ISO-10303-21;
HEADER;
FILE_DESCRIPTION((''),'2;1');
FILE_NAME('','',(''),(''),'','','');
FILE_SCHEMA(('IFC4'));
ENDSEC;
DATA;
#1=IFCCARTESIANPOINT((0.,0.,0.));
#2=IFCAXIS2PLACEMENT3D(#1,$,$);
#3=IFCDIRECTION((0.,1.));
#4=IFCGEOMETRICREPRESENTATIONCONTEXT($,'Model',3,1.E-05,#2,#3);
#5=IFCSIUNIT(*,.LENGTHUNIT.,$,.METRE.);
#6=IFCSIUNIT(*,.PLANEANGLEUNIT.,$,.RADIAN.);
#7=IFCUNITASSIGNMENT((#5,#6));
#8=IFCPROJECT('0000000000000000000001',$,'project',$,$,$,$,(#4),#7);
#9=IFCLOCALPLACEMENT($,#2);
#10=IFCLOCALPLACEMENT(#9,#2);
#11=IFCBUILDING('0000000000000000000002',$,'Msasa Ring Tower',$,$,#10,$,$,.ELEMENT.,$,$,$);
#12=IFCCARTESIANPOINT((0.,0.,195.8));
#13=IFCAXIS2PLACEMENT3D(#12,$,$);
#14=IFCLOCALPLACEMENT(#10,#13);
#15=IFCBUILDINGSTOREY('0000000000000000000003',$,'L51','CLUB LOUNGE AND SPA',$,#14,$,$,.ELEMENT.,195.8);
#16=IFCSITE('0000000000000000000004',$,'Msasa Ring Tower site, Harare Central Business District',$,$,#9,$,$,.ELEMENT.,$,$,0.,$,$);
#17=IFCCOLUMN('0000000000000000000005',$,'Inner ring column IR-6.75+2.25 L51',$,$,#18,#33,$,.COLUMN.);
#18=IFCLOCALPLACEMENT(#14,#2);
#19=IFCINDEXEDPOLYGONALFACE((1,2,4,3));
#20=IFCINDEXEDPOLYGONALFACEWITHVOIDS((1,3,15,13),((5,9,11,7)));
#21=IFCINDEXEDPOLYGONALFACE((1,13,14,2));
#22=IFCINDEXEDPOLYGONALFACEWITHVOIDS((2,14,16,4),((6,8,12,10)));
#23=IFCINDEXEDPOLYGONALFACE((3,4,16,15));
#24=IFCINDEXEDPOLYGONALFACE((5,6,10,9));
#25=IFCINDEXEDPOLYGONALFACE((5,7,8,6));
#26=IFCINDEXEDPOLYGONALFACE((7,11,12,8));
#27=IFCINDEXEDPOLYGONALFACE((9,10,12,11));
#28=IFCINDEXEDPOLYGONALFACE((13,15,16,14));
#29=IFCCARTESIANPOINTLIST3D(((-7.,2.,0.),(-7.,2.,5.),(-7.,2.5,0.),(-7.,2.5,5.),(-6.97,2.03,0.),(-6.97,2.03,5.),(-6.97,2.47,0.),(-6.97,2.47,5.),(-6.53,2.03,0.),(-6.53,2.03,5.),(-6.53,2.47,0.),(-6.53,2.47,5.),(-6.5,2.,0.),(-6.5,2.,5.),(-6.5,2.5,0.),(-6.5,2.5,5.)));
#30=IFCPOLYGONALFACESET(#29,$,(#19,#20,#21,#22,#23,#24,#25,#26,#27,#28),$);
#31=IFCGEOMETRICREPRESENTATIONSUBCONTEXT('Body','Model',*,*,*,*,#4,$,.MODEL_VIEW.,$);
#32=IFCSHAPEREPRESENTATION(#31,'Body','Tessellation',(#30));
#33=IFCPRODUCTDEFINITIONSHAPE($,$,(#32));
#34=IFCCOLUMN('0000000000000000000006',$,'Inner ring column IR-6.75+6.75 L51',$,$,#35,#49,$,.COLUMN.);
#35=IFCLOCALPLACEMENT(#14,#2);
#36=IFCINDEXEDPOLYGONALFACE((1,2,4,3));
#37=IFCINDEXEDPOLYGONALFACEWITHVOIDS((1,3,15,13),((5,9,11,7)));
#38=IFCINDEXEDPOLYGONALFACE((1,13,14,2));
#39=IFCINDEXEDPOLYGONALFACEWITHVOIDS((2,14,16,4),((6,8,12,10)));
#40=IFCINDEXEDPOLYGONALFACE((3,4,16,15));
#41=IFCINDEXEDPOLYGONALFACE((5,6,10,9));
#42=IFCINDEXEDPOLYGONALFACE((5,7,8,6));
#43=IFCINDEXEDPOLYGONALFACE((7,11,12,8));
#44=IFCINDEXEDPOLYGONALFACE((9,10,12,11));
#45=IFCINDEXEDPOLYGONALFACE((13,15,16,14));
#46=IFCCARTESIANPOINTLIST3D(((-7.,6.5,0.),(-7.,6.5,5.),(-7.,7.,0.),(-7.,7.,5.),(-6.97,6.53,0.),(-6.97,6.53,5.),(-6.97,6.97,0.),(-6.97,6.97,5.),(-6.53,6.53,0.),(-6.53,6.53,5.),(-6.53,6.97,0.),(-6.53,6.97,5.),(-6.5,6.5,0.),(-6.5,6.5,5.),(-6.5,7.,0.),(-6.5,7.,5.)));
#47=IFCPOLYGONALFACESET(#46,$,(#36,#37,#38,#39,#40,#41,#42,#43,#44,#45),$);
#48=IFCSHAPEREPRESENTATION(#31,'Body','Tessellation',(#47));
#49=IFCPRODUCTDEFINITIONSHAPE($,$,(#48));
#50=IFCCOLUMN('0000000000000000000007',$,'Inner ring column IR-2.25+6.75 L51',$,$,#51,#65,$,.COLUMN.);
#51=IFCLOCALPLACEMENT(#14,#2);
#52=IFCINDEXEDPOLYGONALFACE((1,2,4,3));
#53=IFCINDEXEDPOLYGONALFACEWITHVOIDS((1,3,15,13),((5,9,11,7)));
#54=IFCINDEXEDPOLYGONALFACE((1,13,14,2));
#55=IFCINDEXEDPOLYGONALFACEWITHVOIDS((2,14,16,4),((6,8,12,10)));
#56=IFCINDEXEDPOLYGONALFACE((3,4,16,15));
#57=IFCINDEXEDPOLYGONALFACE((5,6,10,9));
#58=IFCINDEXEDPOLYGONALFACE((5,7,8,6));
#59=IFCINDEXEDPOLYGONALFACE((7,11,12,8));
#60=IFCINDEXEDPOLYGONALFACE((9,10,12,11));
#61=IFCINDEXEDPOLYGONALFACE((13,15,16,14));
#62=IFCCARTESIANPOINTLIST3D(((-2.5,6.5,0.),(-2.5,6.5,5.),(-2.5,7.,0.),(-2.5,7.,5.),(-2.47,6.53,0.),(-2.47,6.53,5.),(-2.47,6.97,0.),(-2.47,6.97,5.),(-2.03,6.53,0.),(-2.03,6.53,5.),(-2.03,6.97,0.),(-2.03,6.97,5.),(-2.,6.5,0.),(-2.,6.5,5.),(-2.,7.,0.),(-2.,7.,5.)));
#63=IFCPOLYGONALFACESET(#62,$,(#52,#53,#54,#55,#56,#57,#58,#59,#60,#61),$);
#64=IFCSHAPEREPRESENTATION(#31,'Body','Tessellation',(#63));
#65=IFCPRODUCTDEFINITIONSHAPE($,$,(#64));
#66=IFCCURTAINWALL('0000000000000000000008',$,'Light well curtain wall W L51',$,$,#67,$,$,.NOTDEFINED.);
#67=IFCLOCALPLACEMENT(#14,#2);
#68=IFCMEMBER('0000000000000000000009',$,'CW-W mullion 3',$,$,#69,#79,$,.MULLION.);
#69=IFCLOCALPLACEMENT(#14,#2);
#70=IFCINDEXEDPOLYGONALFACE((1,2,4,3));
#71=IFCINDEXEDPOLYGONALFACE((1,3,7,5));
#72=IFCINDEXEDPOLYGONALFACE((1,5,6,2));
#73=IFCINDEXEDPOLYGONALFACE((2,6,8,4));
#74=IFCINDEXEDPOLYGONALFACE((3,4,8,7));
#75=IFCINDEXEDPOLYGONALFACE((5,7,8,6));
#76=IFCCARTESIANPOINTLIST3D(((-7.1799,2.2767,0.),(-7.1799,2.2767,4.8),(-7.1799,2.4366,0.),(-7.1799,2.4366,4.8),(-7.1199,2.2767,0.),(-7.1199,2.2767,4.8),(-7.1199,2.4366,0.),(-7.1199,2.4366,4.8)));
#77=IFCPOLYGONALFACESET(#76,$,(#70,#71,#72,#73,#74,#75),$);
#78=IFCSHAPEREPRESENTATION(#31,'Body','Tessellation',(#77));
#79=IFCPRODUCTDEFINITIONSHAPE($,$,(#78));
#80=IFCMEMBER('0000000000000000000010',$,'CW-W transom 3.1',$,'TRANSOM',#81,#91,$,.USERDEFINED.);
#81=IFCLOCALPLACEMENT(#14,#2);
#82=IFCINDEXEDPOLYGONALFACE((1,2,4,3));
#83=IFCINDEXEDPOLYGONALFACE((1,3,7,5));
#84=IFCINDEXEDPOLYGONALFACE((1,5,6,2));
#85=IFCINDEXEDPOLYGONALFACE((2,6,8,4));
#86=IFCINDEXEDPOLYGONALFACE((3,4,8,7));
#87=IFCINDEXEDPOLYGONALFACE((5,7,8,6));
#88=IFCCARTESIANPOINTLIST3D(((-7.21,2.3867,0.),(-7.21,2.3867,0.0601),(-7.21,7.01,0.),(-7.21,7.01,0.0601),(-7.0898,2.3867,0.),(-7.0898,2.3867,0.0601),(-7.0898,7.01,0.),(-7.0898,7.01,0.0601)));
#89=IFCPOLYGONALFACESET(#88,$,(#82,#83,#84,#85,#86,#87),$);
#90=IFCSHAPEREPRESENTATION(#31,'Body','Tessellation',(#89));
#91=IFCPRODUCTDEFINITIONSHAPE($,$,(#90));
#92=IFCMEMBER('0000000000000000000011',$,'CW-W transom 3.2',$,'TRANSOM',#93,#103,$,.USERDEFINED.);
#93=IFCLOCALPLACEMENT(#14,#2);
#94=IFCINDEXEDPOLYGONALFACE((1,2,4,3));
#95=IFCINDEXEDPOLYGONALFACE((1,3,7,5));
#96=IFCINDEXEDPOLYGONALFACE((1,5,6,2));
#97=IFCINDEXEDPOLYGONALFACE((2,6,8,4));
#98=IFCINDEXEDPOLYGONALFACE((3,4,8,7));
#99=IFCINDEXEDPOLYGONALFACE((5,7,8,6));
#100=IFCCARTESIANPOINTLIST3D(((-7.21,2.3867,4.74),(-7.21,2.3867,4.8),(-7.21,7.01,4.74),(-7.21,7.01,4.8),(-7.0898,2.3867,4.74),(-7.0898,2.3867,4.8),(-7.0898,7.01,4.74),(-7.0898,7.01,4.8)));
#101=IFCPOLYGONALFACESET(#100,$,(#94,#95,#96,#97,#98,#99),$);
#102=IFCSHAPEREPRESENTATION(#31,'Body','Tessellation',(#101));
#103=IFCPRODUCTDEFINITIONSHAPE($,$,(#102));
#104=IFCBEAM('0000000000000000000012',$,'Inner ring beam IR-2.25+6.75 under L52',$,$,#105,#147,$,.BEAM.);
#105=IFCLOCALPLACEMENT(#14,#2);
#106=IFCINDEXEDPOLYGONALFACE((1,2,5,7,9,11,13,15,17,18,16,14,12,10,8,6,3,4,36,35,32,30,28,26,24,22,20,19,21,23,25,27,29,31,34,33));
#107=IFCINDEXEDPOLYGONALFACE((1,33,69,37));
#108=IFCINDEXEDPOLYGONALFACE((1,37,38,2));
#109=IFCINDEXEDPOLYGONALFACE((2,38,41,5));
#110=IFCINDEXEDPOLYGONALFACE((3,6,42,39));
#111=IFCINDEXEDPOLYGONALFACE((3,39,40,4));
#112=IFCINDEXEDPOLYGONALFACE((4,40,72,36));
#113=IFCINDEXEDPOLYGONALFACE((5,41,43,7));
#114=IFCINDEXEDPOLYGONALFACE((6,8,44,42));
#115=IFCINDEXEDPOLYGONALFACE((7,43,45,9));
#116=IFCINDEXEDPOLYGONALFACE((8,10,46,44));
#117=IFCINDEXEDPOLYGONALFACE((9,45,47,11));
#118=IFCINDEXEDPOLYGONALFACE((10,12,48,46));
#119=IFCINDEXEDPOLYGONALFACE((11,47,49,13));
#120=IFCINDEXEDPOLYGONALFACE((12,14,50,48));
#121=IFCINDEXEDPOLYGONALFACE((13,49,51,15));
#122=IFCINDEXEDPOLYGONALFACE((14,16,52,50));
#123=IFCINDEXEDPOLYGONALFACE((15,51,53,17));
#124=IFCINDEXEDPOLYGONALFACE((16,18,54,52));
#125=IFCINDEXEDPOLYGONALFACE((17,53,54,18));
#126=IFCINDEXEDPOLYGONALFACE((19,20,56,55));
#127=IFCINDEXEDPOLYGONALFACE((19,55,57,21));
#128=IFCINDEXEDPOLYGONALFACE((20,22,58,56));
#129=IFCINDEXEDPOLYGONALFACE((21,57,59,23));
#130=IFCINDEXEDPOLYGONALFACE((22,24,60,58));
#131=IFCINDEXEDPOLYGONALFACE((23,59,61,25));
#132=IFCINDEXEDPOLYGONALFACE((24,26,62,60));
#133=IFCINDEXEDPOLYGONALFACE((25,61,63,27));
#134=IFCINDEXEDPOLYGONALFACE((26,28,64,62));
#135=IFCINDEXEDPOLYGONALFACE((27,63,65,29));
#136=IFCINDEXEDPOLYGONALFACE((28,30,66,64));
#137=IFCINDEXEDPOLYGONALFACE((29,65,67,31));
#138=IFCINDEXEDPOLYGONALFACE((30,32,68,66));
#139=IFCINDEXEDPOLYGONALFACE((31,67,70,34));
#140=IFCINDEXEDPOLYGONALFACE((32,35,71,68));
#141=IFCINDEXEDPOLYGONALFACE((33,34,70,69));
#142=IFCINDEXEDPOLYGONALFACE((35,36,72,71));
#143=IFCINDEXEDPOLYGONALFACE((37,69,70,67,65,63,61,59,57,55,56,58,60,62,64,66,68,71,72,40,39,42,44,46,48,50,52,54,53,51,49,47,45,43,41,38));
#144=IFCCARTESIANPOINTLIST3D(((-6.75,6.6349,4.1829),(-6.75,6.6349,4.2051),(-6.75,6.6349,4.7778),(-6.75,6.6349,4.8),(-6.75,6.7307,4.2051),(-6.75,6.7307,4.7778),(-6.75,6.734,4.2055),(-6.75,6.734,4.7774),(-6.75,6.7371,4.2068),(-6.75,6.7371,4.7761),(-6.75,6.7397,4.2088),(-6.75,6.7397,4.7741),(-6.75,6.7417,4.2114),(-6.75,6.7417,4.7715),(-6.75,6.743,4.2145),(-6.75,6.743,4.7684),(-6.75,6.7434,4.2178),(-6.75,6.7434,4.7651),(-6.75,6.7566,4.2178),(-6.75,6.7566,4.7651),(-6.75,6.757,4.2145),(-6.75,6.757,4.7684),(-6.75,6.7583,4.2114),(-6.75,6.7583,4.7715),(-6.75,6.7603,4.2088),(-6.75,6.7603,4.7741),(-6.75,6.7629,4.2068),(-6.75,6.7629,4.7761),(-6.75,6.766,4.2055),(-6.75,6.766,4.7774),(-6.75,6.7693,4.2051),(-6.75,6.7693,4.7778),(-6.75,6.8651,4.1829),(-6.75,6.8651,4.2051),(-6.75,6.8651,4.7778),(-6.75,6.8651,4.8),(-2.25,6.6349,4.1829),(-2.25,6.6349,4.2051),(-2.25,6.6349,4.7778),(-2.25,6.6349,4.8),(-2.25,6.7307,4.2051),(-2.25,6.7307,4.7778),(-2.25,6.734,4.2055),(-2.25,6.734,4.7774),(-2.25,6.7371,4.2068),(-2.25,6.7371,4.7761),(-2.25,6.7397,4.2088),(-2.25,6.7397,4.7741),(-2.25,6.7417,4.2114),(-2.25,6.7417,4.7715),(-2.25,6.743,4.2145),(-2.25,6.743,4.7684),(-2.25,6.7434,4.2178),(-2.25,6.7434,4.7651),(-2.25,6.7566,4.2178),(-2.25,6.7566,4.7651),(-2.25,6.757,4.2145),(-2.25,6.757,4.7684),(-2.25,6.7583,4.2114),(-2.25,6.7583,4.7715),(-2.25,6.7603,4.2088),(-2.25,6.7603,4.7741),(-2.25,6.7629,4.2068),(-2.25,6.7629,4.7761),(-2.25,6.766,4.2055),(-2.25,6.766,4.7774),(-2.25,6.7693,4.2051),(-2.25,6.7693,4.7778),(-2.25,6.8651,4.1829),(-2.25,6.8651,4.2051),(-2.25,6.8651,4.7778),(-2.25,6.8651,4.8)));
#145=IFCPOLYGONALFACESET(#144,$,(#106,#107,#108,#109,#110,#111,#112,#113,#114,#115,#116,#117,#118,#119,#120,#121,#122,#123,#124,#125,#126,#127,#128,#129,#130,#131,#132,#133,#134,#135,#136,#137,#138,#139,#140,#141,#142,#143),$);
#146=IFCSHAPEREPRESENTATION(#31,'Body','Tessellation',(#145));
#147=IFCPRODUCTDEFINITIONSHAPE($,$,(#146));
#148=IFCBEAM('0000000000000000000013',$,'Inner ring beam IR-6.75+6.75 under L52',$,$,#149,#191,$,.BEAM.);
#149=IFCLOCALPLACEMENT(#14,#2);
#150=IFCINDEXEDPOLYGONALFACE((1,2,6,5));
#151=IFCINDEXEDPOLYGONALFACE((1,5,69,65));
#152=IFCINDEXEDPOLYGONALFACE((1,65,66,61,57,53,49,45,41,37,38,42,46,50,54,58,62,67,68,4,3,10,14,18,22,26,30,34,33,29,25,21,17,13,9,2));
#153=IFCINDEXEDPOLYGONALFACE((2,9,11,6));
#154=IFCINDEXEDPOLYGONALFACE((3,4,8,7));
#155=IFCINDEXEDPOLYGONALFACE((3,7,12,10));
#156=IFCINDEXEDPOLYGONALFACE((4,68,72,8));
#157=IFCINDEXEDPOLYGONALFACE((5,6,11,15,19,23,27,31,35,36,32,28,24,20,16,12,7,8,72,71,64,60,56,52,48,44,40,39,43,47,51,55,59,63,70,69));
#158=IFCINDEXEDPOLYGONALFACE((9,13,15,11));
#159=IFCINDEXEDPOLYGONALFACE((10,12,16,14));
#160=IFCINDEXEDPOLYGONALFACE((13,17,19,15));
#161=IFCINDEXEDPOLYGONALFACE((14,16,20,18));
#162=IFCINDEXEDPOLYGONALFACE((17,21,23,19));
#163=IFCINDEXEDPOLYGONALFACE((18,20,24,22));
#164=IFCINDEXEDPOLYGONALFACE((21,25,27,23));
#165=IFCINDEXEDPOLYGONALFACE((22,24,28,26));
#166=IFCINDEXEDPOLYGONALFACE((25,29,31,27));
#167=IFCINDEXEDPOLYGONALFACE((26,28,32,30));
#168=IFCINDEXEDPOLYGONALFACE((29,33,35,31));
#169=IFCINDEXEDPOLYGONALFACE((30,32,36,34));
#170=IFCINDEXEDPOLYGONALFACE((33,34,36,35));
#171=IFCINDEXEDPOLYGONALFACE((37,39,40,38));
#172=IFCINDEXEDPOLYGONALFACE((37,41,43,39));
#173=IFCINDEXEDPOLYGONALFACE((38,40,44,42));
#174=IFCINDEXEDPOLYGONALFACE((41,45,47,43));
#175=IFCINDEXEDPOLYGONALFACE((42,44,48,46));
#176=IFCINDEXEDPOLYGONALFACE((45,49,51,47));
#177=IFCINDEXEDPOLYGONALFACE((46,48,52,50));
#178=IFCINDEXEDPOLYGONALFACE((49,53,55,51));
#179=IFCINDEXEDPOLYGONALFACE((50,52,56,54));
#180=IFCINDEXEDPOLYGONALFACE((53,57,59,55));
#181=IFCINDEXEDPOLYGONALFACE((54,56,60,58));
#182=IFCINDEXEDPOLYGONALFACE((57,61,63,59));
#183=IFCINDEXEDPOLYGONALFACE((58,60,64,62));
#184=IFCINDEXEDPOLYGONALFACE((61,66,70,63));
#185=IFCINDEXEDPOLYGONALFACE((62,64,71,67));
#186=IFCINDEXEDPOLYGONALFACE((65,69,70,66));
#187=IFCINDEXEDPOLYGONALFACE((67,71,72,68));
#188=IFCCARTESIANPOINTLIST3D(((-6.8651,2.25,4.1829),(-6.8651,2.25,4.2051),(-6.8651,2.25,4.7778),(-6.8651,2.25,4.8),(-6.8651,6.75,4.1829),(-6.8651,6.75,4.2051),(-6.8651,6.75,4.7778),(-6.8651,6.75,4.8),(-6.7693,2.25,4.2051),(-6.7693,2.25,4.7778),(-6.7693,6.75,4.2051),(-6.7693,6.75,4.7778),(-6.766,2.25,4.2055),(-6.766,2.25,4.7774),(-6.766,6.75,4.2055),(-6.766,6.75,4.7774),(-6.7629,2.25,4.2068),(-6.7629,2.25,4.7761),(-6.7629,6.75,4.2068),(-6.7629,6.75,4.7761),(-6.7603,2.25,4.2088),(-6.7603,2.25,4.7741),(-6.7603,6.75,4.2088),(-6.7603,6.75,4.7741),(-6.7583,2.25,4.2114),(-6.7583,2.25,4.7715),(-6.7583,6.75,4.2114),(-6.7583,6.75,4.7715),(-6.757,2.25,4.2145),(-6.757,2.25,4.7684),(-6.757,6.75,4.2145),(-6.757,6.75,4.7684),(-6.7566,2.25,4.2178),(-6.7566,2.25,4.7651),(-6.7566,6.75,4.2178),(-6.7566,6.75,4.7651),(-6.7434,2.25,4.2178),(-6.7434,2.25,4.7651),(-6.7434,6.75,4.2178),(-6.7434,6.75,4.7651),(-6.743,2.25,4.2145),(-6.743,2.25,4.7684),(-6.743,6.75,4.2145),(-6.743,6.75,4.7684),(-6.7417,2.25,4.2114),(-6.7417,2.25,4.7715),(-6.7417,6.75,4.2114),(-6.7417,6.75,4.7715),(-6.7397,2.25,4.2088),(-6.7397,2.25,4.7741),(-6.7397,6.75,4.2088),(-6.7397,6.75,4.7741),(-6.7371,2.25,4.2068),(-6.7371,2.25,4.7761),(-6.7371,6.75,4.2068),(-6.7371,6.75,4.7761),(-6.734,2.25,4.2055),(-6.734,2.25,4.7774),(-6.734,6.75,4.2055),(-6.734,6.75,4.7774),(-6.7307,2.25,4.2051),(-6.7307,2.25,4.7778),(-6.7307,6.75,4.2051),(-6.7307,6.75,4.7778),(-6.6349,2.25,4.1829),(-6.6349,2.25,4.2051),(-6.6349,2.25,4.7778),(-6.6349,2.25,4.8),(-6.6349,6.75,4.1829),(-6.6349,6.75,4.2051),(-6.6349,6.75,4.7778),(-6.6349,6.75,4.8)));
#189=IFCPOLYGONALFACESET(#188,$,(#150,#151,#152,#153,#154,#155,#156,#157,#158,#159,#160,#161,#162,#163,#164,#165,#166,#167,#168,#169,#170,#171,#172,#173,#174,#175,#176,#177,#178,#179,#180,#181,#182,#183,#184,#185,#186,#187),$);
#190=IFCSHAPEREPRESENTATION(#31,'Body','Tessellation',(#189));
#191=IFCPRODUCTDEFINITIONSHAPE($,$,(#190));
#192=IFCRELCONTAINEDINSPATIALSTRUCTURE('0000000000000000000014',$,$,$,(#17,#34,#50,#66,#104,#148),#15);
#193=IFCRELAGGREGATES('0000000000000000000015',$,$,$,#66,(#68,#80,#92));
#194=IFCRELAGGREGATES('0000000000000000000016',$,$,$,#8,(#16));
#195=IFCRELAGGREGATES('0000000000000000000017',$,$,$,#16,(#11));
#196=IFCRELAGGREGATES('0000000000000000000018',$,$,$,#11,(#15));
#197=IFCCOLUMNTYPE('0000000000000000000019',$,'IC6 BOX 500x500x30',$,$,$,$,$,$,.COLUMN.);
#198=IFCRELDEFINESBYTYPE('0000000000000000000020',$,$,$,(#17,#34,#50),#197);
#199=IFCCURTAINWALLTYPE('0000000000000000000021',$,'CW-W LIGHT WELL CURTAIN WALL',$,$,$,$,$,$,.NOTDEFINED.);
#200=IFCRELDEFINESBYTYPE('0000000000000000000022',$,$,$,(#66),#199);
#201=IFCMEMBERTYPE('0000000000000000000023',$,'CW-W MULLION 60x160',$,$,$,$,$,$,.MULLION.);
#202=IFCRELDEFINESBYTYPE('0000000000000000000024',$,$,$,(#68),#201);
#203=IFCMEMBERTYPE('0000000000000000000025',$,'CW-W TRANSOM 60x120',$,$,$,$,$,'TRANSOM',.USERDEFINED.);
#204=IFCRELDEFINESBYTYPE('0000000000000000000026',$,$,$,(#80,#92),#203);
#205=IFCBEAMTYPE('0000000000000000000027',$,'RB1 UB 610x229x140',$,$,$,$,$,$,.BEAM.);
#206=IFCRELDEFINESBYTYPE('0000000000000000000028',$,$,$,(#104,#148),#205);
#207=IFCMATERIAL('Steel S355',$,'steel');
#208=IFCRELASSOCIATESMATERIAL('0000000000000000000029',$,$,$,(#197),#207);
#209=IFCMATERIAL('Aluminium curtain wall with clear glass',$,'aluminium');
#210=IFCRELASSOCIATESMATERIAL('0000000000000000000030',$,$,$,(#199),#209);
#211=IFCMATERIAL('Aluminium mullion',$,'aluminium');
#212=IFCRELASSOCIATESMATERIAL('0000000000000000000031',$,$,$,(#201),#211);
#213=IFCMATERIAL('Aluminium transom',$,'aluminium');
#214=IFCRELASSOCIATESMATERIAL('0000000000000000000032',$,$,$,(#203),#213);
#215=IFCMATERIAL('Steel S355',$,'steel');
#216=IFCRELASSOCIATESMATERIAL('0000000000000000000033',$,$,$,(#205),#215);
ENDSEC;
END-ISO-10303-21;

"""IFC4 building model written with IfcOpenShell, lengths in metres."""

from ifc_helpers import new_model, si_unit, direction, frame, origin, origin_2d, place, context, subcontext, project, spatial, rectangle, hollow_rectangle, i_section, extrude, material, material_profile, profile_set, type_object, element, aggregate, save


model = new_model("IFC4")

# Units and contexts
model_context = context("Model", 3, precision=1e-05, world=origin(), true_north=direction((0.0, 1.0)))
body_context = subcontext(model_context, "Body", "Model", "MODEL_VIEW")
ifc_project = project(units=[si_unit("LENGTHUNIT", "METRE"), si_unit("PLANEANGLEUNIT", "RADIAN")], contexts=[model_context])

# Site, building, storey
site_placement = place(None, origin())
site = spatial("IfcSite", under=ifc_project, at=site_placement, Name="Msasa Ring Tower site, Harare Central Business District", CompositionType="ELEMENT", RefElevation=0.0)
building_placement = place(site_placement, origin())
building = spatial("IfcBuilding", under=site, at=building_placement, Name="Msasa Ring Tower", CompositionType="ELEMENT")
storey_placement = place(building_placement, frame((0.0, 0.0, 195.8)))
storey = spatial("IfcBuildingStorey", under=building, at=storey_placement, Name="L51", Description="CLUB LOUNGE AND SPA", CompositionType="ELEMENT", Elevation=195.8)

# Columns
ifc_material_1 = material(Name="Steel S355", Category="steel")
ifc_material_profile_1 = material_profile(ifc_material_1, hollow_rectangle(XDim=0.5, YDim=0.5, WallThickness=0.03, at=origin_2d()), Name="BOX 500x500x30")
ifc_profile_set_1 = profile_set([ifc_material_profile_1], Name="Steel S355")
column_type = type_object("IfcColumnType", Name="IC6 BOX 500x500x30", PredefinedType="COLUMN", material=ifc_profile_set_1)
for number, where, z_axis, x_axis, name in (
    (1, (-6.75, 2.25, 0.0), (0.0, 0.0, 1.0), (1.0, 0.0, 0.0), "Inner ring column IR-6.75+2.25 L51"),
    (2, (-6.75, 6.75, 0.0), (0.0, 0.0, 1.0), (1.0, 0.0, 0.0), "Inner ring column IR-6.75+6.75 L51"),
    (3, (-2.25, 6.75, 0.0), (0.0, 0.0, 1.0), (1.0, 0.0, 0.0), "Inner ring column IR-2.25+6.75 L51"),
):
    element("IfcColumn", number, at=place(storey_placement, frame(where, z_axis=z_axis, x_axis=x_axis)), inside=storey, type_object=column_type, Name=name, PredefinedType="COLUMN", context=body_context, shape_type="SweptSolid", body=[
        extrude(hollow_rectangle(XDim=0.5, YDim=0.5, WallThickness=0.03, at=origin_2d()), origin(), (0.0, 0.0, 1.0), 5.0),
    ])

# Curtain wall, members
ifc_material_2 = material(Name="Aluminium curtain wall with clear glass", Category="aluminium")
curtain_wall_type = type_object("IfcCurtainWallType", Name="CW-W LIGHT WELL CURTAIN WALL", PredefinedType="NOTDEFINED", material=ifc_material_2)
curtain_wall_placement = place(storey_placement, origin())
curtain_wall = element("IfcCurtainWall", 4, at=curtain_wall_placement, inside=storey, type_object=curtain_wall_type, Name="Light well curtain wall W L51", PredefinedType="NOTDEFINED")
ifc_material_3 = material(Name="Aluminium mullion", Category="aluminium")
ifc_material_profile_2 = material_profile(ifc_material_3, rectangle(XDim=0.0601, YDim=0.1599, at=origin_2d()), Name="AL 60x160")
ifc_profile_set_2 = profile_set([ifc_material_profile_2], Name="Aluminium mullion")
member_type_1 = type_object("IfcMemberType", Name="CW-W MULLION 60x160", PredefinedType="MULLION", material=ifc_profile_set_2)
member_1_placement = place(storey_placement, frame((-7.1499, 2.3567, 0.0), z_axis=(0.0, 0.0, 1.0), x_axis=(-1.0, 0.0, 0.0)))
member_1 = element("IfcMember", 5, at=member_1_placement, type_object=member_type_1, Name="CW-W mullion 3", PredefinedType="MULLION", context=body_context, shape_type="SweptSolid", body=[
    extrude(rectangle(XDim=0.0601, YDim=0.1599, at=origin_2d()), origin(), (0.0, 0.0, 1.0), 4.8),
])
ifc_material_4 = material(Name="Aluminium transom", Category="aluminium")
ifc_material_profile_3 = material_profile(ifc_material_4, rectangle(XDim=0.1201, YDim=0.0601, at=origin_2d()), Name="AL 60x120")
ifc_profile_set_3 = profile_set([ifc_material_profile_3], Name="Aluminium transom")
member_type_2 = type_object("IfcMemberType", Name="CW-W TRANSOM 60x120", ElementType="TRANSOM", PredefinedType="USERDEFINED", material=ifc_profile_set_3)
member_2_placement = place(storey_placement, frame((-7.1499, 2.3867, 0.03), z_axis=(0.0, 1.0, 0.0), x_axis=(-1.0, 0.0, 0.0)))
member_2 = element("IfcMember", 6, at=member_2_placement, type_object=member_type_2, Name="CW-W transom 3.1", ObjectType="TRANSOM", PredefinedType="USERDEFINED", context=body_context, shape_type="SweptSolid", body=[
    extrude(rectangle(XDim=0.1201, YDim=0.0601, at=origin_2d()), origin(), (0.0, 0.0, 1.0), 4.6233),
])
member_3_placement = place(storey_placement, frame((-7.1499, 2.3867, 4.77), z_axis=(0.0, 1.0, 0.0), x_axis=(-1.0, 0.0, 0.0)))
member_3 = element("IfcMember", 7, at=member_3_placement, type_object=member_type_2, Name="CW-W transom 3.2", ObjectType="TRANSOM", PredefinedType="USERDEFINED", context=body_context, shape_type="SweptSolid", body=[
    extrude(rectangle(XDim=0.1201, YDim=0.0601, at=origin_2d()), origin(), (0.0, 0.0, 1.0), 4.6233),
])

# Beams
ifc_material_5 = material(Name="Steel S355", Category="steel")
ifc_material_profile_4 = material_profile(ifc_material_5, i_section(OverallWidth=0.2302, OverallDepth=0.6172, WebThickness=0.0132, FlangeThickness=0.0222, FilletRadius=0.0127, at=origin_2d()), Name="UB 610x229x140")
ifc_profile_set_4 = profile_set([ifc_material_profile_4], Name="Steel S355")
beam_type = type_object("IfcBeamType", Name="RB1 UB 610x229x140", PredefinedType="BEAM", material=ifc_profile_set_4)
for number, where, z_axis, x_axis, name in (
    (8, (-2.25, 6.75, 4.4915), (-1.0, 0.0, 0.0), (0.0, -1.0, 0.0), "Inner ring beam IR-2.25+6.75 under L52"),
    (9, (-6.75, 6.75, 4.4915), (0.0, -1.0, 0.0), (1.0, 0.0, 0.0), "Inner ring beam IR-6.75+6.75 under L52"),
):
    element("IfcBeam", number, at=place(storey_placement, frame(where, z_axis=z_axis, x_axis=x_axis)), inside=storey, type_object=beam_type, Name=name, PredefinedType="BEAM", context=body_context, shape_type="SweptSolid", body=[
        extrude(i_section(OverallWidth=0.2302, OverallDepth=0.6172, WebThickness=0.0132, FlangeThickness=0.0222, FilletRadius=0.0127, at=origin_2d()), origin(), (0.0, 0.0, 1.0), 4.5),
    ])

aggregate(curtain_wall, [member_1, member_2, member_3])

save(model, "model.ifc")
